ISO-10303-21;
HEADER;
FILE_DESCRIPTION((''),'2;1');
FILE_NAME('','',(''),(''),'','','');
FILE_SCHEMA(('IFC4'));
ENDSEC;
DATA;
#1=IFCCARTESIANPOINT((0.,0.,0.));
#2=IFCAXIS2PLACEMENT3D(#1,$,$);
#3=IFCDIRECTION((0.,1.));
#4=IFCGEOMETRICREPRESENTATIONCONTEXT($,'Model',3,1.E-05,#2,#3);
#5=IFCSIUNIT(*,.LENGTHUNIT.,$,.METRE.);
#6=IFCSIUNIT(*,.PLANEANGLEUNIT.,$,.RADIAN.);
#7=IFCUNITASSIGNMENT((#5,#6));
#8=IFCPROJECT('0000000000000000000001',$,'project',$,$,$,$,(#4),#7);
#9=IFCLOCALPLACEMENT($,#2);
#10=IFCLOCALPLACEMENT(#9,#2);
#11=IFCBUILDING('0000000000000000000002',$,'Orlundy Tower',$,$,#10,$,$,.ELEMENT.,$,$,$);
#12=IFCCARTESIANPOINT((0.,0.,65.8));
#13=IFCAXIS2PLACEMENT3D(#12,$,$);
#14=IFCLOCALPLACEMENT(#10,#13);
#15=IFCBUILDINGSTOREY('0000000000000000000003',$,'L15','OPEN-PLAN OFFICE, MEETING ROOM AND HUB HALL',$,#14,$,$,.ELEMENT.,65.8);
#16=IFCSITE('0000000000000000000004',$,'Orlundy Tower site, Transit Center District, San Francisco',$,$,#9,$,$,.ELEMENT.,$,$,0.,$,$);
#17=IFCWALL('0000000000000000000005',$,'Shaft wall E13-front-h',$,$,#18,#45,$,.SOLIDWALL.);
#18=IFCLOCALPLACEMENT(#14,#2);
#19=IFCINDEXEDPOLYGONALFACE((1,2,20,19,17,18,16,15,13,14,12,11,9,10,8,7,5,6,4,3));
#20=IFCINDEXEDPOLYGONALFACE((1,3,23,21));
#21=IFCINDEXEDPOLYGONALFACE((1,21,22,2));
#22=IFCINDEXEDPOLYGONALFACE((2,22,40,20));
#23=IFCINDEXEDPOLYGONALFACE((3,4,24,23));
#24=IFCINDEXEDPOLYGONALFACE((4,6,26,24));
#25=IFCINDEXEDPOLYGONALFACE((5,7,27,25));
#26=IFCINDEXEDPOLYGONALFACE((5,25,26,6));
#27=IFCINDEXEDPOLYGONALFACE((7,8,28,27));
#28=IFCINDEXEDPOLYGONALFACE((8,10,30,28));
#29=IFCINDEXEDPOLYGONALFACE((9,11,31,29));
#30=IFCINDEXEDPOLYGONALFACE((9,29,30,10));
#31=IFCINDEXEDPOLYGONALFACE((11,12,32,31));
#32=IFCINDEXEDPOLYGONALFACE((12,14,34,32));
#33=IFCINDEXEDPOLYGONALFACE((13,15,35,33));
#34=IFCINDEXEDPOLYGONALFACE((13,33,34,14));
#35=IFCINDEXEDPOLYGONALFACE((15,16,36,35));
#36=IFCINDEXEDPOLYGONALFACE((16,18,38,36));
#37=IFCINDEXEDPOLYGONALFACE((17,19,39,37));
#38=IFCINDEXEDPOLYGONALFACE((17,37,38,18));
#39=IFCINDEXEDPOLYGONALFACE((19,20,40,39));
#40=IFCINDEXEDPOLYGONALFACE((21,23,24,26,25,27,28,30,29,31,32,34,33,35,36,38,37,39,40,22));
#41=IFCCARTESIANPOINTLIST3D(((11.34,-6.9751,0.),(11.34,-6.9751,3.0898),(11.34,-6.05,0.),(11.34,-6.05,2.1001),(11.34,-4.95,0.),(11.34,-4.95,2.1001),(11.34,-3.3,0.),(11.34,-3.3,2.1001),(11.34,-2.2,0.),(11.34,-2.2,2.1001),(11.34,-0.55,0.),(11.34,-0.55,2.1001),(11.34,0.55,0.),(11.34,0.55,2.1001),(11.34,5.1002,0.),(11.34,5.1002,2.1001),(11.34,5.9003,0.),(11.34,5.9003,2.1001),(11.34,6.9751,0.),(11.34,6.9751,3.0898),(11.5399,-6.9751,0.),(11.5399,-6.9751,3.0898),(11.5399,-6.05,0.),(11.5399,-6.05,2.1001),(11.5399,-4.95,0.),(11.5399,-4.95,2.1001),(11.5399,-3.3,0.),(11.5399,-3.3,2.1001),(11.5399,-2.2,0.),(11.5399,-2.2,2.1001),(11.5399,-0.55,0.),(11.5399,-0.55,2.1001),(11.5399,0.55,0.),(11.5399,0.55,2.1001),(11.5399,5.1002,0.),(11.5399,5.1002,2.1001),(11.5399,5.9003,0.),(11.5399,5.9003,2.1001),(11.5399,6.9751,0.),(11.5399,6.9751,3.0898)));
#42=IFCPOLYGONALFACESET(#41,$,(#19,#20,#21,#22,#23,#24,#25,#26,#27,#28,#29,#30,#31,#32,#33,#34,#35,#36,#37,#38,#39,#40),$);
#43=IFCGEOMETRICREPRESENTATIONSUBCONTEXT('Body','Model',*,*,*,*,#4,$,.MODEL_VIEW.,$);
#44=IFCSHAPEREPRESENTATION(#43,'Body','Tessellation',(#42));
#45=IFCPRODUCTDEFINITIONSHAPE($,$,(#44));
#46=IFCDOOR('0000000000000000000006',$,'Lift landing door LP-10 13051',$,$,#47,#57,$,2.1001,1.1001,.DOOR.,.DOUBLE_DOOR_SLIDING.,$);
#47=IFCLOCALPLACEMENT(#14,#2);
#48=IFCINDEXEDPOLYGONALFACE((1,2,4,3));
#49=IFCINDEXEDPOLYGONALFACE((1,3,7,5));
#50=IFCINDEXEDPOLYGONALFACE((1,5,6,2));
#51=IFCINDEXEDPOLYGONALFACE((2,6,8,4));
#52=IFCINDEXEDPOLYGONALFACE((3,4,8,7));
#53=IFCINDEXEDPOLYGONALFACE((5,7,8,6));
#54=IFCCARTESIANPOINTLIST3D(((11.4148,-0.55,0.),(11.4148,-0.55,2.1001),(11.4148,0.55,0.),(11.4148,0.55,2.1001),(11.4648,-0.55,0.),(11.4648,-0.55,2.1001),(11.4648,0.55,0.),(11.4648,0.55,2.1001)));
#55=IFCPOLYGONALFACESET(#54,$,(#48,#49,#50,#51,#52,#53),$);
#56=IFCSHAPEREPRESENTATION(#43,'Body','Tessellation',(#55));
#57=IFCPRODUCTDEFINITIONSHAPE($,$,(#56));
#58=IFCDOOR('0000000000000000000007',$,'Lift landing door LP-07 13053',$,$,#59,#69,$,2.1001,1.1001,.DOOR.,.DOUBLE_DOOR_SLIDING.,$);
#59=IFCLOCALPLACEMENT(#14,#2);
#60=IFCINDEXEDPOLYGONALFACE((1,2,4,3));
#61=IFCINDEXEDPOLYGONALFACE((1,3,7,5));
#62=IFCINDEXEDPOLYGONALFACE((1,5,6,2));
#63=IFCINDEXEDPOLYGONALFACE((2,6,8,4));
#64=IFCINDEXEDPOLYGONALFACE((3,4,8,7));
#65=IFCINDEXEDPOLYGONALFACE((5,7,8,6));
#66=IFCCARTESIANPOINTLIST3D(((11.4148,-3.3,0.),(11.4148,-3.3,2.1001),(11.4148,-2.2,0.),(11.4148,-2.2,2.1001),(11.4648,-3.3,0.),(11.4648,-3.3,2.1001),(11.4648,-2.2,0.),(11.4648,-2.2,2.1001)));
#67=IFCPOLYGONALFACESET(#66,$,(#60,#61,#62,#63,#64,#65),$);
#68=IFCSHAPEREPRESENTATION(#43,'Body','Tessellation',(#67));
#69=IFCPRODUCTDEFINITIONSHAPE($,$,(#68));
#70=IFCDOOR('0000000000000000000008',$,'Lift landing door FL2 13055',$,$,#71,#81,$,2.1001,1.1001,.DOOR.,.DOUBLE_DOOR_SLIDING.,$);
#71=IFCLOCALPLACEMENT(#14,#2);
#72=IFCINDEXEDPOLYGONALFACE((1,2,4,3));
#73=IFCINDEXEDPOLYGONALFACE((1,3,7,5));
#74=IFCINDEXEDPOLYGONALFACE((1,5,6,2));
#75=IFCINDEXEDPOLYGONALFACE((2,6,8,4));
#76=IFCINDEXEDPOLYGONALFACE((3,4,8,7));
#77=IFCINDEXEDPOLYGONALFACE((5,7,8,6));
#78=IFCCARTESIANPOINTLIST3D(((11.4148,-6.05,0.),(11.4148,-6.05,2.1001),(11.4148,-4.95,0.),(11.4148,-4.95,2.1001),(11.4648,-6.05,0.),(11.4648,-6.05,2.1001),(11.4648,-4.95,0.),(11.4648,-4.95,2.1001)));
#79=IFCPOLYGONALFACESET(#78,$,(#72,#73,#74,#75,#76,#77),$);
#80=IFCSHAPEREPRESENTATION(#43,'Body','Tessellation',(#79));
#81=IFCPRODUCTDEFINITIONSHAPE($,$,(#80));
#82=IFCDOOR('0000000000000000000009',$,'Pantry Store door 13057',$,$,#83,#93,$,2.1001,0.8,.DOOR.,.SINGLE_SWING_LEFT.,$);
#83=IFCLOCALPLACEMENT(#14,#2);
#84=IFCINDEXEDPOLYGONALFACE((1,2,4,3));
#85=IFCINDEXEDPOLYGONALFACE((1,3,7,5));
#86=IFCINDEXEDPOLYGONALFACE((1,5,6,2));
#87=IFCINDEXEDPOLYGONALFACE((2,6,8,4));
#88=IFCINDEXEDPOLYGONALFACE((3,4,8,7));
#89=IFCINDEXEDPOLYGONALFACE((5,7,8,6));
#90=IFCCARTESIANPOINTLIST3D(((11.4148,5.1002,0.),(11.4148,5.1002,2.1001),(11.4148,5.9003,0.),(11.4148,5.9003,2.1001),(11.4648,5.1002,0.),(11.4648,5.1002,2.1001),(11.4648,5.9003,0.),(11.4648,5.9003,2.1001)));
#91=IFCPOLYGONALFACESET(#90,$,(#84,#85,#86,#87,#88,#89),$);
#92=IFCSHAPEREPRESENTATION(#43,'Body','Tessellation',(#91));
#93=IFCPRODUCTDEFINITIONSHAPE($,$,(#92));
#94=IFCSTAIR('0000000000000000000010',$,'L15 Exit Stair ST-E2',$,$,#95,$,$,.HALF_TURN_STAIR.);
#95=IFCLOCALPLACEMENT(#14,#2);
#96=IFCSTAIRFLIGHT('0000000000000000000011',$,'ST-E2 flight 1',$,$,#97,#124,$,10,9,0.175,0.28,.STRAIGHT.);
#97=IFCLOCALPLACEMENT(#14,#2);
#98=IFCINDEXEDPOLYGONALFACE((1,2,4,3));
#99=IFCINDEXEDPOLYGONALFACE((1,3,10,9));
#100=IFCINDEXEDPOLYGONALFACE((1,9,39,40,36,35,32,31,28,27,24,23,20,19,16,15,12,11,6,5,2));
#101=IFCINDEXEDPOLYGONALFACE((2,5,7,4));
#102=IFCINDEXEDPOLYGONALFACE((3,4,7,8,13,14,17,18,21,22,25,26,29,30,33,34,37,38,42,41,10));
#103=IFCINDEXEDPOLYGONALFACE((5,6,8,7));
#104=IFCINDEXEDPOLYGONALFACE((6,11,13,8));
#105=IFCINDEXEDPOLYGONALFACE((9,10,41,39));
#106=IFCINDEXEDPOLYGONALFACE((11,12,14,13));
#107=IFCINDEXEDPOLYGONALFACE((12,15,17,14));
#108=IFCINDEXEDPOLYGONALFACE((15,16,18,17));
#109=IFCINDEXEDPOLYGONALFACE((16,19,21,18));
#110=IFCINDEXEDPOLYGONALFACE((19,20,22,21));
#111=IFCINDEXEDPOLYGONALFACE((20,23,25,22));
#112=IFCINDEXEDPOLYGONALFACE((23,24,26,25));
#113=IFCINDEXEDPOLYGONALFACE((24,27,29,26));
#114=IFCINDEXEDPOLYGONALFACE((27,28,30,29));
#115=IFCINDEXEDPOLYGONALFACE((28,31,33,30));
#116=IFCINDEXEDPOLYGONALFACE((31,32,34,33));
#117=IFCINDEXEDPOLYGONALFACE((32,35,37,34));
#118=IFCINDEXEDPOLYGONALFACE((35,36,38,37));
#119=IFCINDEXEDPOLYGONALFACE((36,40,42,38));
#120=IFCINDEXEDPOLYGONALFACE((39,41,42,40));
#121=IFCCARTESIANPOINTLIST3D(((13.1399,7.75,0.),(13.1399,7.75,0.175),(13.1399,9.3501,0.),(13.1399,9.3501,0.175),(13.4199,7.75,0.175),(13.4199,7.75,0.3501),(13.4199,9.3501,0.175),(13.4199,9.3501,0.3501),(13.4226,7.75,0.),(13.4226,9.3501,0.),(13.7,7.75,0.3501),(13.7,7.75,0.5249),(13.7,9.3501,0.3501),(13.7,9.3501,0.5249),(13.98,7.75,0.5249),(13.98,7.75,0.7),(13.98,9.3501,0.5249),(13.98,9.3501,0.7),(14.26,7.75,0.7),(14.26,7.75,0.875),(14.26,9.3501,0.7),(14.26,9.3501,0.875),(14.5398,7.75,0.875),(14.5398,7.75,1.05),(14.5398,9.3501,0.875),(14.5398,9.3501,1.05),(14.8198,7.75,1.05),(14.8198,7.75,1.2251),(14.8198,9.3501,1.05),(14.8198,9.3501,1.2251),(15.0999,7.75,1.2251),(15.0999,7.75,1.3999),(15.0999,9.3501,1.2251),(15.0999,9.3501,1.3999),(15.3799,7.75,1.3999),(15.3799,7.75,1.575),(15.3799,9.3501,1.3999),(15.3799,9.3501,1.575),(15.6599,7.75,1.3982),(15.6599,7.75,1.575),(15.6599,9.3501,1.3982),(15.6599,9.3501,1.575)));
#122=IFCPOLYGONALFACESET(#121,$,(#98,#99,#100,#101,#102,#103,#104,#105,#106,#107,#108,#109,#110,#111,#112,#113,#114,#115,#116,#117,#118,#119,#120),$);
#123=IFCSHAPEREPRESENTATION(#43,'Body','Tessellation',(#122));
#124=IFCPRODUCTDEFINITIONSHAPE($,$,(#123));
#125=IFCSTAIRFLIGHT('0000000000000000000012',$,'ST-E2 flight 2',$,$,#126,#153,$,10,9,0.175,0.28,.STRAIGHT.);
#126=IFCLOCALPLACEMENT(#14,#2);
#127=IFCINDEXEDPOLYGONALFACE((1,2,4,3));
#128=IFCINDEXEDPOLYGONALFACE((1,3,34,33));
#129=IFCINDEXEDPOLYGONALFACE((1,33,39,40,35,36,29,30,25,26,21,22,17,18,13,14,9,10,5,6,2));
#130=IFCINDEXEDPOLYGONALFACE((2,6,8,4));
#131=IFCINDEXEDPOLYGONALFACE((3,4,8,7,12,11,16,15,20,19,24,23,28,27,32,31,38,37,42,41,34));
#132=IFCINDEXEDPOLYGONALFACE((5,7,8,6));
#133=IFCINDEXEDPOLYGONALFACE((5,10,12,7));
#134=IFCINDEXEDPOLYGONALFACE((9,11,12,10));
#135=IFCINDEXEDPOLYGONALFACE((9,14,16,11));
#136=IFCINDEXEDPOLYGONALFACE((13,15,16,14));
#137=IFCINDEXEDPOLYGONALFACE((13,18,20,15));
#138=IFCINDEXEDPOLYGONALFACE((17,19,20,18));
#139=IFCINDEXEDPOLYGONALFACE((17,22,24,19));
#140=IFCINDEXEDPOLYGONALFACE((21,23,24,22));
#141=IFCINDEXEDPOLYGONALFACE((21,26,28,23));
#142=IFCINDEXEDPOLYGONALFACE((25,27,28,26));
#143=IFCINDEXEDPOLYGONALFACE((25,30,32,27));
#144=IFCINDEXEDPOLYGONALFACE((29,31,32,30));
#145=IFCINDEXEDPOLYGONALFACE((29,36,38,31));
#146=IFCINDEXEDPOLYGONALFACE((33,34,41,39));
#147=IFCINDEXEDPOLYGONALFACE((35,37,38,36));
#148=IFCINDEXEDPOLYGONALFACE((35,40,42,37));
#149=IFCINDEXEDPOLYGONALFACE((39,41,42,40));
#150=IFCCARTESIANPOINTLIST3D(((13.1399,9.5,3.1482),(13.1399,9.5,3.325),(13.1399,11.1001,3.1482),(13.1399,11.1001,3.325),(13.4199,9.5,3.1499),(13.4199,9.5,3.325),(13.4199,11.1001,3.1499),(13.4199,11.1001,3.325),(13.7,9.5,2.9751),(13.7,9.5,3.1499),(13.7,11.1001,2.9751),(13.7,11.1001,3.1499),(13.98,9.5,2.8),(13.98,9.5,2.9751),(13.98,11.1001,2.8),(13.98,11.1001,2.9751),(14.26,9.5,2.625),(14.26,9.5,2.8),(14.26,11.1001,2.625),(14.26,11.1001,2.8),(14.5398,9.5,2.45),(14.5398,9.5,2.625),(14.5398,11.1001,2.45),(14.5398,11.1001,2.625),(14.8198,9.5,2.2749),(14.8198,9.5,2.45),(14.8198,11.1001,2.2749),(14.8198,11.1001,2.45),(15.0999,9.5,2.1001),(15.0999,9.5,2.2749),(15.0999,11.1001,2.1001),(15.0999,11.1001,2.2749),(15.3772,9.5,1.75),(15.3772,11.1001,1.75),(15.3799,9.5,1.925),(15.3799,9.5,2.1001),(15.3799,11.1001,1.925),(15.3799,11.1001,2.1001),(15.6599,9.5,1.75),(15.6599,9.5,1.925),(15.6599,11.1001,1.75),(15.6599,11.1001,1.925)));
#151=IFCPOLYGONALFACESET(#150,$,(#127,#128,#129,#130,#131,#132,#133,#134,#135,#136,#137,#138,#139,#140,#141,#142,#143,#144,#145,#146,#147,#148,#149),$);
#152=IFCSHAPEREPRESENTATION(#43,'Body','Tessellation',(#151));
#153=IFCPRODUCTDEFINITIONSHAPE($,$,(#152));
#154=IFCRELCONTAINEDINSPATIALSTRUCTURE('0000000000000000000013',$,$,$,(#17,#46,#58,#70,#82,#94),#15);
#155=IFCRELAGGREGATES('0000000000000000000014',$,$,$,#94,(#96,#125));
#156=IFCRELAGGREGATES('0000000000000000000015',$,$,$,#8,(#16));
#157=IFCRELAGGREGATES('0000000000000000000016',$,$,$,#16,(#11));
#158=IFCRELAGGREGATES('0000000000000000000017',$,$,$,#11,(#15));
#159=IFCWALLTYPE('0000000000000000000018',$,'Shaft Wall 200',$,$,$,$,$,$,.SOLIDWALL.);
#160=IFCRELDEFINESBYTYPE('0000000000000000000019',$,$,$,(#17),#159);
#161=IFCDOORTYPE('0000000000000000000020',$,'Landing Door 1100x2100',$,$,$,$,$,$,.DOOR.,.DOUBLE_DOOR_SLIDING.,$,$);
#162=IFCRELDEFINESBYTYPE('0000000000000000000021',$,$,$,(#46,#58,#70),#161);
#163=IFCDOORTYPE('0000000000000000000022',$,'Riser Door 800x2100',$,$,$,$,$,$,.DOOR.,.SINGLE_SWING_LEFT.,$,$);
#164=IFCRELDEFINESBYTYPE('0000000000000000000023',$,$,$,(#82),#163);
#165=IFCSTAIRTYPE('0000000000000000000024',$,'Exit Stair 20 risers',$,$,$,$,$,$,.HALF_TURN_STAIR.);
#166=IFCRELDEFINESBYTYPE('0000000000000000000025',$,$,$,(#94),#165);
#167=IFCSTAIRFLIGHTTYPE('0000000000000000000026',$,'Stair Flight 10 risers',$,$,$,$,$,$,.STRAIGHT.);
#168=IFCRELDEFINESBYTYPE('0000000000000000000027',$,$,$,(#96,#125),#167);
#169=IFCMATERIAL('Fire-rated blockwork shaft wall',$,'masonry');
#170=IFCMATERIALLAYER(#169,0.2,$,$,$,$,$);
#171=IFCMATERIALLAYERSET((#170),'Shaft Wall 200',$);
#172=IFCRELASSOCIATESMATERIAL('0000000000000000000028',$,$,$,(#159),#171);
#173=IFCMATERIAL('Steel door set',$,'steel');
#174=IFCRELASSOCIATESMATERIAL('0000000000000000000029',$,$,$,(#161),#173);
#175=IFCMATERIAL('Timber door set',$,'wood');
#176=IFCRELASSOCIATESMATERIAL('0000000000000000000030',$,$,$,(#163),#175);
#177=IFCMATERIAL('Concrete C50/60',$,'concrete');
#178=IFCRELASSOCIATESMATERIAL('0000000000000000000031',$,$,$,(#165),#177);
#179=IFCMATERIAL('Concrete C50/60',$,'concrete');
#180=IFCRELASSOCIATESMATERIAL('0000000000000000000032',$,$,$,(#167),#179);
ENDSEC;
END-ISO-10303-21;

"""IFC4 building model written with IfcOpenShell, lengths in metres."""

from ifc_helpers import new_model, si_unit, direction, frame, frame_2d, origin, place, context, subcontext, project, spatial, polyline, rectangle, outline, extrude, material, layer, layer_set, type_object, element, fill, aggregate, save


model = new_model("IFC4")

# Units and contexts
model_context = context("Model", 3, precision=1e-05, world=origin(), true_north=direction((0.0, 1.0)))
body_context = subcontext(model_context, "Body", "Model", "MODEL_VIEW")
ifc_project = project(units=[si_unit("LENGTHUNIT", "METRE"), si_unit("PLANEANGLEUNIT", "RADIAN")], contexts=[model_context])

# Site, building, storey
site_placement = place(None, origin())
site = spatial("IfcSite", under=ifc_project, at=site_placement, Name="Orlundy Tower site, Transit Center District, San Francisco", CompositionType="ELEMENT", RefElevation=0.0)
building_placement = place(site_placement, origin())
building = spatial("IfcBuilding", under=site, at=building_placement, Name="Orlundy Tower", CompositionType="ELEMENT")
storey_placement = place(building_placement, frame((0.0, 0.0, 65.8)))
storey = spatial("IfcBuildingStorey", under=building, at=storey_placement, Name="L15", Description="OPEN-PLAN OFFICE, MEETING ROOM AND HUB HALL", CompositionType="ELEMENT", Elevation=65.8)

# Shared definitions
ifc_material_1 = material(Name="Fire-rated blockwork shaft wall", Category="masonry")
ifc_layer_1 = layer(ifc_material_1, 0.2)
ifc_layer_set_1 = layer_set([ifc_layer_1], Name="Shaft Wall 200")
wall_type_1 = type_object("IfcWallType", Name="Shaft Wall 200", PredefinedType="SOLIDWALL", material=ifc_layer_set_1)

# Wall, openings, doors
wall_1_placement = place(storey_placement, frame((11.4399, 6.9751, 0.0), z_axis=(0.0, 0.0, 1.0), x_axis=(0.0, -1.0, 0.0)))
wall_1 = element("IfcWall", 1, at=wall_1_placement, inside=storey, type_object=wall_type_1, Name="Shaft wall E13-front-h", PredefinedType="SOLIDWALL", context=body_context, shape_type="SweptSolid", body=[
    extrude(rectangle(XDim=13.9502, YDim=0.2, at=frame_2d((6.9751, 0.0))), origin(), (0.0, 0.0, 1.0), 3.0898),
])
opening_1_placement = place(wall_1_placement, frame((6.425, 0.0, 0.0)))
opening_1 = element("IfcOpeningElement", 2, at=opening_1_placement, cuts=wall_1, PredefinedType="OPENING", context=body_context, shape_type="SweptSolid", body=[
    extrude(rectangle(XDim=1.1001, YDim=2.1001, at=frame_2d((0.55, 1.05))), frame((0.0, 0.1101, 0.0), z_axis=(0.0, -1.0, 0.0), x_axis=(1.0, 0.0, 0.0)), (0.0, 0.0, 1.0), 0.2202),
])
opening_2_placement = place(wall_1_placement, frame((9.175, 0.0, 0.0)))
opening_2 = element("IfcOpeningElement", 3, at=opening_2_placement, cuts=wall_1, PredefinedType="OPENING", context=body_context, shape_type="SweptSolid", body=[
    extrude(rectangle(XDim=1.1001, YDim=2.1001, at=frame_2d((0.55, 1.05))), frame((0.0, 0.1101, 0.0), z_axis=(0.0, -1.0, 0.0), x_axis=(1.0, 0.0, 0.0)), (0.0, 0.0, 1.0), 0.2202),
])
opening_3_placement = place(wall_1_placement, frame((11.925, 0.0, 0.0)))
opening_3 = element("IfcOpeningElement", 4, at=opening_3_placement, cuts=wall_1, PredefinedType="OPENING", context=body_context, shape_type="SweptSolid", body=[
    extrude(rectangle(XDim=1.1001, YDim=2.1001, at=frame_2d((0.55, 1.05))), frame((0.0, 0.1101, 0.0), z_axis=(0.0, -1.0, 0.0), x_axis=(1.0, 0.0, 0.0)), (0.0, 0.0, 1.0), 0.2202),
])
opening_4_placement = place(wall_1_placement, frame((1.075, 0.0, 0.0)))
opening_4 = element("IfcOpeningElement", 5, at=opening_4_placement, cuts=wall_1, PredefinedType="OPENING", context=body_context, shape_type="SweptSolid", body=[
    extrude(rectangle(XDim=0.8, YDim=2.1001, at=frame_2d((0.3999, 1.05))), frame((0.0, 0.1101, 0.0), z_axis=(0.0, -1.0, 0.0), x_axis=(1.0, 0.0, 0.0)), (0.0, 0.0, 1.0), 0.2202),
])
ifc_material_2 = material(Name="Steel door set", Category="steel")
door_type_1 = type_object("IfcDoorType", Name="Landing Door 1100x2100", OperationType="DOUBLE_DOOR_SLIDING", PredefinedType="DOOR", material=ifc_material_2)
door_1_placement = place(opening_1_placement, origin())
door_1 = element("IfcDoor", 6, at=door_1_placement, inside=storey, type_object=door_type_1, Name="Lift landing door LP-10 13051", OperationType="DOUBLE_DOOR_SLIDING", OverallHeight=2.1001, OverallWidth=1.1001, PredefinedType="DOOR", context=body_context, shape_type="SweptSolid", body=[
    extrude(rectangle(XDim=1.1001, YDim=2.1001, at=frame_2d((0.55, 1.05))), frame((0.0, 0.0249, 0.0), z_axis=(0.0, -1.0, 0.0), x_axis=(1.0, 0.0, 0.0)), (0.0, 0.0, 1.0), 0.05),
])
fill(opening_1, door_1)
door_2_placement = place(opening_2_placement, origin())
door_2 = element("IfcDoor", 7, at=door_2_placement, inside=storey, type_object=door_type_1, Name="Lift landing door LP-07 13053", OperationType="DOUBLE_DOOR_SLIDING", OverallHeight=2.1001, OverallWidth=1.1001, PredefinedType="DOOR", context=body_context, shape_type="SweptSolid", body=[
    extrude(rectangle(XDim=1.1001, YDim=2.1001, at=frame_2d((0.55, 1.05))), frame((0.0, 0.0249, 0.0), z_axis=(0.0, -1.0, 0.0), x_axis=(1.0, 0.0, 0.0)), (0.0, 0.0, 1.0), 0.05),
])
fill(opening_2, door_2)
door_3_placement = place(opening_3_placement, origin())
door_3 = element("IfcDoor", 8, at=door_3_placement, inside=storey, type_object=door_type_1, Name="Lift landing door FL2 13055", OperationType="DOUBLE_DOOR_SLIDING", OverallHeight=2.1001, OverallWidth=1.1001, PredefinedType="DOOR", context=body_context, shape_type="SweptSolid", body=[
    extrude(rectangle(XDim=1.1001, YDim=2.1001, at=frame_2d((0.55, 1.05))), frame((0.0, 0.0249, 0.0), z_axis=(0.0, -1.0, 0.0), x_axis=(1.0, 0.0, 0.0)), (0.0, 0.0, 1.0), 0.05),
])
fill(opening_3, door_3)
ifc_material_3 = material(Name="Timber door set", Category="wood")
door_type_2 = type_object("IfcDoorType", Name="Riser Door 800x2100", OperationType="SINGLE_SWING_LEFT", PredefinedType="DOOR", material=ifc_material_3)
door_4_placement = place(opening_4_placement, origin())
door_4 = element("IfcDoor", 9, at=door_4_placement, inside=storey, type_object=door_type_2, Name="Pantry Store door 13057", OperationType="SINGLE_SWING_LEFT", OverallHeight=2.1001, OverallWidth=0.8, PredefinedType="DOOR", context=body_context, shape_type="SweptSolid", body=[
    extrude(rectangle(XDim=0.8, YDim=2.1001, at=frame_2d((0.3999, 1.05))), frame((0.0, 0.0249, 0.0), z_axis=(0.0, -1.0, 0.0), x_axis=(1.0, 0.0, 0.0)), (0.0, 0.0, 1.0), 0.05),
])
fill(opening_4, door_4)

# Stair, stair flights
ifc_material_4 = material(Name="Concrete C50/60", Category="concrete")
stair_type = type_object("IfcStairType", Name="Exit Stair 20 risers", PredefinedType="HALF_TURN_STAIR", material=ifc_material_4)
stair_placement = place(storey_placement, origin())
stair = element("IfcStair", 10, at=stair_placement, inside=storey, type_object=stair_type, Name="L15 Exit Stair ST-E2", PredefinedType="HALF_TURN_STAIR")
ifc_material_5 = material(Name="Concrete C50/60", Category="concrete")
stair_flight_type = type_object("IfcStairFlightType", Name="Stair Flight 10 risers", PredefinedType="STRAIGHT", material=ifc_material_5)
stair_flight_1_placement = place(storey_placement, frame((13.1399, 8.55, 0.0), z_axis=(0.0, 0.0, 1.0), x_axis=(1.0, 0.0, 0.0)))
stair_flight_1 = element("IfcStairFlight", 11, at=stair_flight_1_placement, type_object=stair_flight_type, Name="ST-E2 flight 1", NumberOfRisers=10, NumberOfTreads=9, PredefinedType="STRAIGHT", RiserHeight=0.175, TreadLength=0.28, context=body_context, shape_type="SweptSolid", body=[
    extrude(outline(polyline([(0.0, 0.0), (0.0, 0.175), (0.28, 0.175), (0.28, 0.3501), (0.5601, 0.3501), (0.5601, 0.5249), (0.8401, 0.5249), (0.8401, 0.7), (1.1201, 0.7), (1.1201, 0.875), (1.3999, 0.875), (1.3999, 1.05), (1.6799, 1.05), (1.6799, 1.2251), (1.96, 1.2251), (1.96, 1.3999), (2.24, 1.3999), (2.24, 1.575), (2.52, 1.575), (2.52, 1.75), (2.52, 1.3982), (0.2827, 0.0), (0.0, 0.0)])), frame((0.0, 0.8, 0.0), z_axis=(0.0, -1.0, 0.0), x_axis=(1.0, 0.0, 0.0)), (0.0, 0.0, 1.0), 1.6001),
])
stair_flight_2_placement = place(storey_placement, frame((15.6599, 10.3, 1.75), z_axis=(0.0, 0.0, 1.0), x_axis=(-1.0, 0.0, 0.0)))
stair_flight_2 = element("IfcStairFlight", 12, at=stair_flight_2_placement, type_object=stair_flight_type, Name="ST-E2 flight 2", NumberOfRisers=10, NumberOfTreads=9, PredefinedType="STRAIGHT", RiserHeight=0.175, TreadLength=0.28, context=body_context, shape_type="SweptSolid", body=[
    extrude(outline(polyline([(0.0, 0.0), (0.0, 0.175), (0.28, 0.175), (0.28, 0.3501), (0.5601, 0.3501), (0.5601, 0.5249), (0.8401, 0.5249), (0.8401, 0.7), (1.1201, 0.7), (1.1201, 0.875), (1.3999, 0.875), (1.3999, 1.05), (1.6799, 1.05), (1.6799, 1.2251), (1.96, 1.2251), (1.96, 1.3999), (2.24, 1.3999), (2.24, 1.575), (2.52, 1.575), (2.52, 1.75), (2.52, 1.3982), (0.2827, 0.0), (0.0, 0.0)])), frame((0.0, 0.8, 0.0), z_axis=(0.0, -1.0, 0.0), x_axis=(1.0, 0.0, 0.0)), (0.0, 0.0, 1.0), 1.6001),
])
aggregate(stair, [stair_flight_1, stair_flight_2])

save(model, "model.ifc")
